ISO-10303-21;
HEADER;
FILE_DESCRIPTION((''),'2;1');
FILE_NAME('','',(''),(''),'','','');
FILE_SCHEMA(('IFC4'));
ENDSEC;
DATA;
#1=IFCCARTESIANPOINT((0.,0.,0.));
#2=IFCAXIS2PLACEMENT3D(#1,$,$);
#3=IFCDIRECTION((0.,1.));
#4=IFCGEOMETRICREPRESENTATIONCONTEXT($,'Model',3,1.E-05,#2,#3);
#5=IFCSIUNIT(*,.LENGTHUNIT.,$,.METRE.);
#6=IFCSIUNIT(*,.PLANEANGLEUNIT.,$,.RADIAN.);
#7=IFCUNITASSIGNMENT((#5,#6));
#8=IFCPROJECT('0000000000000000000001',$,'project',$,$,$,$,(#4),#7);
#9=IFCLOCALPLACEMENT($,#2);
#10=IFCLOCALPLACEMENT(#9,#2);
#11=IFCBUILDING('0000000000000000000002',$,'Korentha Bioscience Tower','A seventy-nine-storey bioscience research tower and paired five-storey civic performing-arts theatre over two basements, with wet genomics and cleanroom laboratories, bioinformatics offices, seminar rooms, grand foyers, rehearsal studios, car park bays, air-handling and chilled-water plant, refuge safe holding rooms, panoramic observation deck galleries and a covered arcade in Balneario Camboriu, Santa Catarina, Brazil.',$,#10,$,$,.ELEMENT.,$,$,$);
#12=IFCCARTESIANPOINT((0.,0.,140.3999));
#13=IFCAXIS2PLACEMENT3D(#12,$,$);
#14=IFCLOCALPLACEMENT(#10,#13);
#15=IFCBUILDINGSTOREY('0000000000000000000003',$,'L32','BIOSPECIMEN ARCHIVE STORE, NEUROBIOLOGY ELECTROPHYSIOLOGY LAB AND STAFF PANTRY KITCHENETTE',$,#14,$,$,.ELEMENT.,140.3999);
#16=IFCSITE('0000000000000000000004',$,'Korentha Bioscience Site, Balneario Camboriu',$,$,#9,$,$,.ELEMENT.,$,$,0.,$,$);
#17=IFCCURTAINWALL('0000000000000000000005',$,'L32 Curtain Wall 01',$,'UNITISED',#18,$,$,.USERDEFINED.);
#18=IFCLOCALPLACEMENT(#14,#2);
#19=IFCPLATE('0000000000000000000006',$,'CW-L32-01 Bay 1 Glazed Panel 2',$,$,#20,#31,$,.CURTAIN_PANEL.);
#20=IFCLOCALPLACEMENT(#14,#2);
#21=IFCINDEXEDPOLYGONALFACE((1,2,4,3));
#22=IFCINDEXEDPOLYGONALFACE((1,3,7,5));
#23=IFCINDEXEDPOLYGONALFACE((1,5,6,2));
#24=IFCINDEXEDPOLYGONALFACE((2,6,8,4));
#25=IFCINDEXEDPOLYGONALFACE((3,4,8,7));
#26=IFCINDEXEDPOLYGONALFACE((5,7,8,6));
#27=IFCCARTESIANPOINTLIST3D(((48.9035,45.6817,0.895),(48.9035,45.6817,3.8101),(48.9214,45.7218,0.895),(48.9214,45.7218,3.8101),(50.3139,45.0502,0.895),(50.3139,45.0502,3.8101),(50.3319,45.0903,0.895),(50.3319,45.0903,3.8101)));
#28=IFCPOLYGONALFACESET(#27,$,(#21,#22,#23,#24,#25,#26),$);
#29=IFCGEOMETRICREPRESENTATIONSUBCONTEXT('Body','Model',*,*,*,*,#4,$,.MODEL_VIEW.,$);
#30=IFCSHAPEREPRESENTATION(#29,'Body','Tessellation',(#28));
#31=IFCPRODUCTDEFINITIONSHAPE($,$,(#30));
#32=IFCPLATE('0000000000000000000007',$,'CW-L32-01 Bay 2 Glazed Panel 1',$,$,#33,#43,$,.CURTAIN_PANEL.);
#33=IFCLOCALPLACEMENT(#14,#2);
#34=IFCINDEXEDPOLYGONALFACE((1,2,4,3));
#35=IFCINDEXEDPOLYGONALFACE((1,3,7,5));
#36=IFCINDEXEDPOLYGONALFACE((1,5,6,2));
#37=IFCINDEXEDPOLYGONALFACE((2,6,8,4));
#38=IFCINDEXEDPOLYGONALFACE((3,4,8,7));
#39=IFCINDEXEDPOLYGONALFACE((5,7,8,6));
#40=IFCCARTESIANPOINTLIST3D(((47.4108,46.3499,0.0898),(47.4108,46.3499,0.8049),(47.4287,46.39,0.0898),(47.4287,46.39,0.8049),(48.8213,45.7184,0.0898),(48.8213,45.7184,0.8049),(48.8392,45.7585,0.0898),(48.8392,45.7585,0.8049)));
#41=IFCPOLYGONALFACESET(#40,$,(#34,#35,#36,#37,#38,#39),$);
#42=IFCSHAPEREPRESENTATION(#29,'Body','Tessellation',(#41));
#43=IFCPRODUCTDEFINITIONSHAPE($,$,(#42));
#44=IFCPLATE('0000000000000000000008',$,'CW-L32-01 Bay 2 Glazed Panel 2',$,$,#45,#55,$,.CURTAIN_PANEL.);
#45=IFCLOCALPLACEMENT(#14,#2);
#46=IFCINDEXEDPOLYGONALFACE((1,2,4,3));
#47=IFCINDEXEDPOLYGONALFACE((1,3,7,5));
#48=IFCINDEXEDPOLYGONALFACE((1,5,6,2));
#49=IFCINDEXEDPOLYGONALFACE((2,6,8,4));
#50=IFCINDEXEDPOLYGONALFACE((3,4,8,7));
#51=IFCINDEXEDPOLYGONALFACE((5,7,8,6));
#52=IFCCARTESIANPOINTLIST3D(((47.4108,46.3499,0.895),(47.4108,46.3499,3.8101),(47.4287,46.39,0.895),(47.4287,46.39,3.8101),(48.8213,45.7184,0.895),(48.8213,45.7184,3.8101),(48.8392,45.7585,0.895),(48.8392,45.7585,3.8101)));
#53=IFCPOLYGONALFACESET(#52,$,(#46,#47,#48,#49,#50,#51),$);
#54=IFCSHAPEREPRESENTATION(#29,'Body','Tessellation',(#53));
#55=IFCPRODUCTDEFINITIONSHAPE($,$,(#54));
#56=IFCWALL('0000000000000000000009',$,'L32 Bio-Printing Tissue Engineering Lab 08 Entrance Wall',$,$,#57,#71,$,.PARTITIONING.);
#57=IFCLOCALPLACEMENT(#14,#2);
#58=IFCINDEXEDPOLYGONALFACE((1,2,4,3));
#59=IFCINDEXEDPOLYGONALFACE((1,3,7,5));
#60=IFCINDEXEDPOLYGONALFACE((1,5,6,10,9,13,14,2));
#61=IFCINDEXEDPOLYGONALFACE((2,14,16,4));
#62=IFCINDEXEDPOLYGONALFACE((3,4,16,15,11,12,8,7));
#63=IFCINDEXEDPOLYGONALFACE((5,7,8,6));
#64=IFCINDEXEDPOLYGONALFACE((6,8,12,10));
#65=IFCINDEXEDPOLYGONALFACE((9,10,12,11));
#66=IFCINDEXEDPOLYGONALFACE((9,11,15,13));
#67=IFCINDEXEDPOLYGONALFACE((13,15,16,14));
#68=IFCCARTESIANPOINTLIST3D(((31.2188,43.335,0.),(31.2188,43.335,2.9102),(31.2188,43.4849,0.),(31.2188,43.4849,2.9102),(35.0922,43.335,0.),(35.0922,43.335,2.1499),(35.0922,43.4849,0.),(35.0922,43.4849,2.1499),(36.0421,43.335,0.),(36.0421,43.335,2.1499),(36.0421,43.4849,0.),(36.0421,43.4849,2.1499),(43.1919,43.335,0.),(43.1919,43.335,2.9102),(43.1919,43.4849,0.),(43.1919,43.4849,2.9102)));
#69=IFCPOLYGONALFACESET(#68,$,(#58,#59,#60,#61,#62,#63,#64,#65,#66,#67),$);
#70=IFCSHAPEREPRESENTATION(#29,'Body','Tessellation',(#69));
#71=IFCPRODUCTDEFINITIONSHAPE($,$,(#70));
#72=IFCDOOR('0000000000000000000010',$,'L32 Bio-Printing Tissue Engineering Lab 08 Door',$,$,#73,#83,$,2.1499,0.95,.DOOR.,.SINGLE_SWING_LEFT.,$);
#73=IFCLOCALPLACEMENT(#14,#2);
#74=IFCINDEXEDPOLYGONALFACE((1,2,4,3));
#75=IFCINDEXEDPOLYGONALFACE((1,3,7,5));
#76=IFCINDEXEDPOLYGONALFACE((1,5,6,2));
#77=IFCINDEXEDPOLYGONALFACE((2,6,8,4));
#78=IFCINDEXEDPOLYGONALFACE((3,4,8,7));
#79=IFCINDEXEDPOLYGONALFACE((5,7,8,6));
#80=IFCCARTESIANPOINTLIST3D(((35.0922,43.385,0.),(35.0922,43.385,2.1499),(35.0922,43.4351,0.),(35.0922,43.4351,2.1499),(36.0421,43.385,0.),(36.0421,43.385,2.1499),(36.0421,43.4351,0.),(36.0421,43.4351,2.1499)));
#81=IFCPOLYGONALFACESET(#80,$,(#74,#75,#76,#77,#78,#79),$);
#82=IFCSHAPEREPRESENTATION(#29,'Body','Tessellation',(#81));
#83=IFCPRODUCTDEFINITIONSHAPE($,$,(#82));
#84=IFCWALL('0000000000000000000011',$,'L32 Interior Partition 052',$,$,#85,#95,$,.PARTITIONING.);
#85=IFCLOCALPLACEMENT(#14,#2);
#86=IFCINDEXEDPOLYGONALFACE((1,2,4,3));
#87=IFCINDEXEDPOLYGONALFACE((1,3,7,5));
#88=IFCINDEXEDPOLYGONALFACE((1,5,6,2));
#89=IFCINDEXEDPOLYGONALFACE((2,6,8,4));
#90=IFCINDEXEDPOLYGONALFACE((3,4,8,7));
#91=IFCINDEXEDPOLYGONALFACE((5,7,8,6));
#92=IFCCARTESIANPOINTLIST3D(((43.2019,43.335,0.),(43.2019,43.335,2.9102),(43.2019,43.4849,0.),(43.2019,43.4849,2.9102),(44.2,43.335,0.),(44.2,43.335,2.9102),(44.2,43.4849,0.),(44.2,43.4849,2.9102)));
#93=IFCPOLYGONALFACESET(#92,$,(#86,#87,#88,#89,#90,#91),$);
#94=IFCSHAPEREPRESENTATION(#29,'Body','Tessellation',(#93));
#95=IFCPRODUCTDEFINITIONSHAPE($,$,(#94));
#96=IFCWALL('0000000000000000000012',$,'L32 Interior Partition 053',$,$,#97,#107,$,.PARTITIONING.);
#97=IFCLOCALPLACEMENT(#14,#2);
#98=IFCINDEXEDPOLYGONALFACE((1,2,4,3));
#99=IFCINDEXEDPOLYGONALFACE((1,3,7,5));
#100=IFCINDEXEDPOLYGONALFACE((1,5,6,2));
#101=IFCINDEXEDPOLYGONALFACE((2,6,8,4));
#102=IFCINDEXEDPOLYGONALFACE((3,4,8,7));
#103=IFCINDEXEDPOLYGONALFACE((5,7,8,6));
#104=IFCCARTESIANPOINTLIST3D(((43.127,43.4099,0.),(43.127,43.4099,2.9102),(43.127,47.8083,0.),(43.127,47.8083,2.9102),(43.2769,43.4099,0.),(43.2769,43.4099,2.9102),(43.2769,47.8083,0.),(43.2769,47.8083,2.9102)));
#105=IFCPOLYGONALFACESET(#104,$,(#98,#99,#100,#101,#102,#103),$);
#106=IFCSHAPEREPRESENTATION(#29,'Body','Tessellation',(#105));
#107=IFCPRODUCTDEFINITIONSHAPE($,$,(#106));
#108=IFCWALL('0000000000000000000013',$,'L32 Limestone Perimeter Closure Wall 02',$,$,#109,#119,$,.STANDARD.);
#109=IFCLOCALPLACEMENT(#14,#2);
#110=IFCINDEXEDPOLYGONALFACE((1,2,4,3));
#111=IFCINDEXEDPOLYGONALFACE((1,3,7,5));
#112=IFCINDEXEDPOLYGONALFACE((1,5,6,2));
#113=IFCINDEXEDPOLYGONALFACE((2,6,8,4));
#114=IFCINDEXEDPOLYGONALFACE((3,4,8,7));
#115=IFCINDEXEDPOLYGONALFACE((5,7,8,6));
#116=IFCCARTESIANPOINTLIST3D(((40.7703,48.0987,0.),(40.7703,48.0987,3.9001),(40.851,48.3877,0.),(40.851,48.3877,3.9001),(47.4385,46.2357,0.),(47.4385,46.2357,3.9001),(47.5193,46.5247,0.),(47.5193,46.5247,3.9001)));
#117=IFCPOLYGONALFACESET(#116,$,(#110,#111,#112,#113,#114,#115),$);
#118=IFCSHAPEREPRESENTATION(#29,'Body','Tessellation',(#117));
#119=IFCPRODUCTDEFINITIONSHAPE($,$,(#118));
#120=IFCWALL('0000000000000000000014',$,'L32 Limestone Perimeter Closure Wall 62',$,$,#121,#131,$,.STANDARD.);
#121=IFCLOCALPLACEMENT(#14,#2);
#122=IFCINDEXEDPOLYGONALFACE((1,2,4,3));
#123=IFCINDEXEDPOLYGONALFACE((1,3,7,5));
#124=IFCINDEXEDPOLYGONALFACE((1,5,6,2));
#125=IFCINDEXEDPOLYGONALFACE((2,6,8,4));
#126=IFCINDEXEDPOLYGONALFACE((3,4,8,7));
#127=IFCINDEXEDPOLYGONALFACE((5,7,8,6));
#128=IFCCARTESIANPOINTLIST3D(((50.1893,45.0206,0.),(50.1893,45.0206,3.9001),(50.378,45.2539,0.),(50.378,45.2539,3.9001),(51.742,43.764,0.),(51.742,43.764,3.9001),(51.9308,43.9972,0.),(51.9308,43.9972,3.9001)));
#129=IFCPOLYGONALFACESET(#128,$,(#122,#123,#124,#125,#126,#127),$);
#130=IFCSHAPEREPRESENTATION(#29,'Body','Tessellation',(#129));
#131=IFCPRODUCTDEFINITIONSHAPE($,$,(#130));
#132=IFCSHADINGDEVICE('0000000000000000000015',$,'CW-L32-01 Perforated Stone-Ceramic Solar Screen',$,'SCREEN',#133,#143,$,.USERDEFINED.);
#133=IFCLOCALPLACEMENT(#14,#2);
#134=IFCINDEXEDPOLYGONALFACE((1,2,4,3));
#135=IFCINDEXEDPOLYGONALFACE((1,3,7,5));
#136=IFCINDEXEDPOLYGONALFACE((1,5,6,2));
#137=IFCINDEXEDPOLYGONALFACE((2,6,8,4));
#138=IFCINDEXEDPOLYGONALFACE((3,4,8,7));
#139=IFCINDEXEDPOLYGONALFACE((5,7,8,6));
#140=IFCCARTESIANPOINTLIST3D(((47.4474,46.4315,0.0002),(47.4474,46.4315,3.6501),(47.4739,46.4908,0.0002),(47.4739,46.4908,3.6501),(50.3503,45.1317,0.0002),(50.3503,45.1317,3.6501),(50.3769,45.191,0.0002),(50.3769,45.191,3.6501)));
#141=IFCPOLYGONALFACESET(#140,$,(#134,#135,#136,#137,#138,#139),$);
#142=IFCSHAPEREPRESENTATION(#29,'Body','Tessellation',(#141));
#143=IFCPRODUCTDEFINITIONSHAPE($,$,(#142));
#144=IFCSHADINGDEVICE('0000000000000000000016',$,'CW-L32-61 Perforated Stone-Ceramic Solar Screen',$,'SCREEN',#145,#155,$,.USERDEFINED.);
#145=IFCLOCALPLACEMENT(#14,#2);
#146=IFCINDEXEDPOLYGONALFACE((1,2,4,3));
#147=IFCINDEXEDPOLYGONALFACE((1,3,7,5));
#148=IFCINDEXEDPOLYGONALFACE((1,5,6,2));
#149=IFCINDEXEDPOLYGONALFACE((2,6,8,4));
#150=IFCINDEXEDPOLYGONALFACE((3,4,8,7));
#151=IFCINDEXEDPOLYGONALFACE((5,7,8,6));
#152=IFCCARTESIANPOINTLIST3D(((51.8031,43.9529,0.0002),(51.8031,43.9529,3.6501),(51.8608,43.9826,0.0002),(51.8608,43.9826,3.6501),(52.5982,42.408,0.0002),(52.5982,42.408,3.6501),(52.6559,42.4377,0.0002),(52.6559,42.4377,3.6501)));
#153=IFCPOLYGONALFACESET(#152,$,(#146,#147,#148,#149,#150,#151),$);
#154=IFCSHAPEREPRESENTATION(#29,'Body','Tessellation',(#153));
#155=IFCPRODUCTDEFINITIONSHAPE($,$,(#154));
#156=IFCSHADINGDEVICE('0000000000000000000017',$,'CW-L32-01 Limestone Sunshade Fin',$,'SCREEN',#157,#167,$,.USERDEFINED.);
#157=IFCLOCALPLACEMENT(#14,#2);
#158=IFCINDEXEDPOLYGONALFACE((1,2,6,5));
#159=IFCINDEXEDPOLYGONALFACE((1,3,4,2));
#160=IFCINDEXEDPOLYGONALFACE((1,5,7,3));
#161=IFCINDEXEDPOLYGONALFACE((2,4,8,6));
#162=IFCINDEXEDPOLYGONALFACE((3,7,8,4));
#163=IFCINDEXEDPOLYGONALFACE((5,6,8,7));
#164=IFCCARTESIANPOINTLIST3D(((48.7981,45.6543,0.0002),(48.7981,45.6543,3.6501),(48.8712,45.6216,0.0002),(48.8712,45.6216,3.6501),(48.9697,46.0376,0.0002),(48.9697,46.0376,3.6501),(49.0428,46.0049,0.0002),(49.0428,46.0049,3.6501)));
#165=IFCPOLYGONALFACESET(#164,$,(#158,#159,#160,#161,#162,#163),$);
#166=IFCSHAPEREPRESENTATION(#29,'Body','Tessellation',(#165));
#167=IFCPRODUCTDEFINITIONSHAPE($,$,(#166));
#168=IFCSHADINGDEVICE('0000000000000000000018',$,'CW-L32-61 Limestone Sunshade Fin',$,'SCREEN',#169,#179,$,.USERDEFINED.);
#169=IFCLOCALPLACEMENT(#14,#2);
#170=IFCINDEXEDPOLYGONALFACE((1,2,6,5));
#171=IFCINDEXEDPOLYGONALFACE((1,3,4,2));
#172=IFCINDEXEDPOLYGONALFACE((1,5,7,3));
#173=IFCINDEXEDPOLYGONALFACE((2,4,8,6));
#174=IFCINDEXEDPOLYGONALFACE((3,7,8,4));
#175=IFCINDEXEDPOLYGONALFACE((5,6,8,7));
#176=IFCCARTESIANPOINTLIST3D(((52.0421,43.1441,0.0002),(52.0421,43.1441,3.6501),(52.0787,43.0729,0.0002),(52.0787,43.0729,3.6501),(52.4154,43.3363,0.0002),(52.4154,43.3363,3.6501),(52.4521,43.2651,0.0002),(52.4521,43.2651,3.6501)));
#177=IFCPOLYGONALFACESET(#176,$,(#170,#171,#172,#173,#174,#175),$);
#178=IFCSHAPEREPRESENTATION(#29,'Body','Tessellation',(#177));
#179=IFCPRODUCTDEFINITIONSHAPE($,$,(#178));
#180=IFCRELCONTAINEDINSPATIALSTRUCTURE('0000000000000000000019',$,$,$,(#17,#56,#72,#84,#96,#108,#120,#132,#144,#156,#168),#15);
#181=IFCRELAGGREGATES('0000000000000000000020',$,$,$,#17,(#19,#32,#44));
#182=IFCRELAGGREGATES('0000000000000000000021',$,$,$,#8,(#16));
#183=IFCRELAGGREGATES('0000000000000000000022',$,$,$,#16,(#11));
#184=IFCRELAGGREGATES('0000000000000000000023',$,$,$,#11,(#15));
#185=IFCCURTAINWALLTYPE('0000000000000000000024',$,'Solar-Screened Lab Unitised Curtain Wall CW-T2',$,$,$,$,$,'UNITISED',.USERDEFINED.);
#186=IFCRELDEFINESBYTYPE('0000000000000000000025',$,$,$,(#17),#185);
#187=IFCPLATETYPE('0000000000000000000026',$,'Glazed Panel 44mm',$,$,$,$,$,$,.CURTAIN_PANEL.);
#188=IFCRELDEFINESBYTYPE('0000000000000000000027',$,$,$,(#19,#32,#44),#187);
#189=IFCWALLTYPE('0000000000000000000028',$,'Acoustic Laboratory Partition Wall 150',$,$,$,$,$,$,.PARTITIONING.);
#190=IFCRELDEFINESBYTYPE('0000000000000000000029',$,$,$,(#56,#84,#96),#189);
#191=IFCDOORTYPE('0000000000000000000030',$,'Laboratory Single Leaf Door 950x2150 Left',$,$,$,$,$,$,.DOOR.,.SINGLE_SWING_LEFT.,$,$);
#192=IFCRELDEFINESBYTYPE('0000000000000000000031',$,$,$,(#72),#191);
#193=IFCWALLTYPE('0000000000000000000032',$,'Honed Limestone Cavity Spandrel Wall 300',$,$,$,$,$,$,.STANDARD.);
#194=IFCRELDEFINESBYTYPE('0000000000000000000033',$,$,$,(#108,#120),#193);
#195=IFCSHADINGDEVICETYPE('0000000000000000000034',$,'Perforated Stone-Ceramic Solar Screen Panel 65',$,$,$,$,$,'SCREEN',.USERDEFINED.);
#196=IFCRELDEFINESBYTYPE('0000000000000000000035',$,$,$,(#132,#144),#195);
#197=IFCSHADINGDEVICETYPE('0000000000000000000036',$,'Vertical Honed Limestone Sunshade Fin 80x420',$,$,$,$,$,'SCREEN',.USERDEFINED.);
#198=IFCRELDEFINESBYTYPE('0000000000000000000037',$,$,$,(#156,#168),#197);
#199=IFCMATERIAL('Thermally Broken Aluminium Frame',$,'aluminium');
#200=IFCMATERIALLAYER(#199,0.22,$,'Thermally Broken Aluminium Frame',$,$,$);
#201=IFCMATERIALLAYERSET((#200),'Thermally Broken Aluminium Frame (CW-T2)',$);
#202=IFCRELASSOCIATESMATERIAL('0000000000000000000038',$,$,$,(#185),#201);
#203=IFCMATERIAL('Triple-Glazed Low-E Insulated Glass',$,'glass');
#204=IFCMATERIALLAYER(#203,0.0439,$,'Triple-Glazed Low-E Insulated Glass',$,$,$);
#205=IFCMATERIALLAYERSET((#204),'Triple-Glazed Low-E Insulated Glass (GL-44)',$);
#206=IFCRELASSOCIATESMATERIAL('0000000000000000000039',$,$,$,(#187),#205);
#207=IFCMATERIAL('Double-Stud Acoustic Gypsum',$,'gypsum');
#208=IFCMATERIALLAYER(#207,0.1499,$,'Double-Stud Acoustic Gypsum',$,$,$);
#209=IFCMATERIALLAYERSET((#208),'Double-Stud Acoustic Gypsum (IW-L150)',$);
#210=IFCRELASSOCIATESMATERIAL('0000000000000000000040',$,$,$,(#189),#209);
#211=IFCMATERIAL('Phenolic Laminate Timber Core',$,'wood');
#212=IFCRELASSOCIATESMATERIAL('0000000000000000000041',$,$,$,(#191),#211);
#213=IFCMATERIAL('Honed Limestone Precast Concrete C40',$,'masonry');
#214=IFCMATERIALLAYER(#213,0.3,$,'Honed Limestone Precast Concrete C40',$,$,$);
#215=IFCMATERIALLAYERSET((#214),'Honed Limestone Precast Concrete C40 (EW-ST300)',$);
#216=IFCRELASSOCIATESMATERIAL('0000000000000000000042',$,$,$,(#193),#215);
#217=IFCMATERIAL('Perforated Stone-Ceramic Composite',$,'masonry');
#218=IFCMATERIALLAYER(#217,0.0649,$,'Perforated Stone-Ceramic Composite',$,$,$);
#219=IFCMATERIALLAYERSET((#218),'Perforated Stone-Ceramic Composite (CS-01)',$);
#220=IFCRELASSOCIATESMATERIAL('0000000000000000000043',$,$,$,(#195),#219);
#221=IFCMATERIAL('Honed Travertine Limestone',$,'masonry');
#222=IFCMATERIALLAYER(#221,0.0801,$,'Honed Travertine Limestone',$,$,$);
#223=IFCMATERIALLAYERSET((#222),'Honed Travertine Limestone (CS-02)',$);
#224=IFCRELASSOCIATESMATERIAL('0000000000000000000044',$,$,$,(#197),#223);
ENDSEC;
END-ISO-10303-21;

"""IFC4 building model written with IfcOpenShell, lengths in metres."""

from ifc_helpers import new_model, si_unit, direction, frame, frame_2d, origin, origin_2d, place, context, subcontext, project, spatial, rectangle, extrude, material, layer, layer_set, type_object, element, fill, aggregate, save


model = new_model("IFC4")

# Units and contexts
model_context = context("Model", 3, precision=1e-05, world=origin(), true_north=direction((0.0, 1.0)))
body_context = subcontext(model_context, "Body", "Model", "MODEL_VIEW")
ifc_project = project(units=[si_unit("LENGTHUNIT", "METRE"), si_unit("PLANEANGLEUNIT", "RADIAN")], contexts=[model_context])

# Site, building, storey
site_placement = place(None, origin())
site = spatial("IfcSite", under=ifc_project, at=site_placement, Name="Korentha Bioscience Site, Balneario Camboriu", CompositionType="ELEMENT", RefElevation=0.0)
building_placement = place(site_placement, origin())
building = spatial("IfcBuilding", under=site, at=building_placement, Name="Korentha Bioscience Tower", Description="A seventy-nine-storey bioscience research tower and paired five-storey civic performing-arts theatre over two basements, with wet genomics and cleanroom laboratories, bioinformatics offices, seminar rooms, grand foyers, rehearsal studios, car park bays, air-handling and chilled-water plant, refuge safe holding rooms, panoramic observation deck galleries and a covered arcade in Balneario Camboriu, Santa Catarina, Brazil.", CompositionType="ELEMENT")
storey_placement = place(building_placement, frame((0.0, 0.0, 140.3999)))
storey = spatial("IfcBuildingStorey", under=building, at=storey_placement, Name="L32", Description="BIOSPECIMEN ARCHIVE STORE, NEUROBIOLOGY ELECTROPHYSIOLOGY LAB AND STAFF PANTRY KITCHENETTE", CompositionType="ELEMENT", Elevation=140.3999)

# Curtain wall
ifc_material_1 = material(Name="Thermally Broken Aluminium Frame", Category="aluminium")
ifc_layer_1 = layer(ifc_material_1, 0.22, Name="Thermally Broken Aluminium Frame")
ifc_layer_set_1 = layer_set([ifc_layer_1], Name="Thermally Broken Aluminium Frame (CW-T2)")
curtain_wall_type = type_object("IfcCurtainWallType", Name="Solar-Screened Lab Unitised Curtain Wall CW-T2", ElementType="UNITISED", PredefinedType="USERDEFINED", material=ifc_layer_set_1)
curtain_wall_1_placement = place(storey_placement, origin())
curtain_wall_1 = element("IfcCurtainWall", 1, at=curtain_wall_1_placement, inside=storey, type_object=curtain_wall_type, Name="L32 Curtain Wall 01", ObjectType="UNITISED", PredefinedType="USERDEFINED")

# Plates
ifc_material_2 = material(Name="Triple-Glazed Low-E Insulated Glass", Category="glass")
ifc_layer_2 = layer(ifc_material_2, 0.0439, Name="Triple-Glazed Low-E Insulated Glass")
ifc_layer_set_2 = layer_set([ifc_layer_2], Name="Triple-Glazed Low-E Insulated Glass (GL-44)")
plate_type = type_object("IfcPlateType", Name="Glazed Panel 44mm", PredefinedType="CURTAIN_PANEL", material=ifc_layer_set_2)
plate_1_placement = place(storey_placement, frame((49.6177, 45.386, 0.895), z_axis=(0.0, 0.0, 1.0), x_axis=(-0.912687, 0.40866, 0.0)))
plate_1 = element("IfcPlate", 2, at=plate_1_placement, type_object=plate_type, Name="CW-L32-01 Bay 1 Glazed Panel 2", PredefinedType="CURTAIN_PANEL", context=body_context, shape_type="SweptSolid", body=[
    extrude(rectangle(XDim=1.5454, YDim=0.0439, at=origin_2d()), origin(), (0.0, 0.0, 1.0), 2.915),
])
plate_2_placement = place(storey_placement, frame((48.125, 46.0542, 0.0898), z_axis=(0.0, 0.0, 1.0), x_axis=(-0.912687, 0.40866, 0.0)))
plate_2 = element("IfcPlate", 3, at=plate_2_placement, type_object=plate_type, Name="CW-L32-01 Bay 2 Glazed Panel 1", PredefinedType="CURTAIN_PANEL", context=body_context, shape_type="SweptSolid", body=[
    extrude(rectangle(XDim=1.5454, YDim=0.0439, at=origin_2d()), origin(), (0.0, 0.0, 1.0), 0.7151),
])
plate_3_placement = place(storey_placement, frame((48.125, 46.0542, 0.895), z_axis=(0.0, 0.0, 1.0), x_axis=(-0.912687, 0.40866, 0.0)))
plate_3 = element("IfcPlate", 4, at=plate_3_placement, type_object=plate_type, Name="CW-L32-01 Bay 2 Glazed Panel 2", PredefinedType="CURTAIN_PANEL", context=body_context, shape_type="SweptSolid", body=[
    extrude(rectangle(XDim=1.5454, YDim=0.0439, at=origin_2d()), origin(), (0.0, 0.0, 1.0), 2.915),
])
aggregate(curtain_wall_1, [plate_1, plate_2, plate_3])

# Wall, opening, door
ifc_material_3 = material(Name="Double-Stud Acoustic Gypsum", Category="gypsum")
ifc_layer_3 = layer(ifc_material_3, 0.1499, Name="Double-Stud Acoustic Gypsum")
ifc_layer_set_3 = layer_set([ifc_layer_3], Name="Double-Stud Acoustic Gypsum (IW-L150)")
wall_type_1 = type_object("IfcWallType", Name="Acoustic Laboratory Partition Wall 150", PredefinedType="PARTITIONING", material=ifc_layer_set_3)
wall_1_placement = place(storey_placement, frame((43.1919, 43.4099, 0.0), z_axis=(0.0, 0.0, 1.0), x_axis=(-1.0, 0.0, 0.0)))
wall_1 = element("IfcWall", 5, at=wall_1_placement, inside=storey, type_object=wall_type_1, Name="L32 Bio-Printing Tissue Engineering Lab 08 Entrance Wall", PredefinedType="PARTITIONING", context=body_context, shape_type="SweptSolid", body=[
    extrude(rectangle(XDim=11.9731, YDim=0.1499, at=frame_2d((5.9866, 0.0))), origin(), (0.0, 0.0, 1.0), 2.9102),
])
opening_placement = place(wall_1_placement, frame((7.1497, 0.0, 0.0)))
opening = element("IfcOpeningElement", 6, at=opening_placement, cuts=wall_1, PredefinedType="OPENING", context=body_context, shape_type="SweptSolid", body=[
    extrude(rectangle(XDim=0.95, YDim=2.1499, at=frame_2d((0.4751, 1.075))), frame((0.0, 0.0898, 0.0), z_axis=(0.0, -1.0, 0.0), x_axis=(1.0, 0.0, 0.0)), (0.0, 0.0, 1.0), 0.1797),
])
ifc_material_4 = material(Name="Phenolic Laminate Timber Core", Category="wood")
door_type = type_object("IfcDoorType", Name="Laboratory Single Leaf Door 950x2150 Left", OperationType="SINGLE_SWING_LEFT", PredefinedType="DOOR", material=ifc_material_4)
door_placement = place(opening_placement, origin())
door = element("IfcDoor", 7, at=door_placement, inside=storey, type_object=door_type, Name="L32 Bio-Printing Tissue Engineering Lab 08 Door", OperationType="SINGLE_SWING_LEFT", OverallHeight=2.1499, OverallWidth=0.95, PredefinedType="DOOR", context=body_context, shape_type="SweptSolid", body=[
    extrude(rectangle(XDim=0.95, YDim=2.1499, at=frame_2d((0.4751, 1.075))), frame((0.0, 0.0249, 0.0), z_axis=(0.0, -1.0, 0.0), x_axis=(1.0, 0.0, 0.0)), (0.0, 0.0, 1.0), 0.05),
])
fill(opening, door)

# Walls
wall_2_placement = place(storey_placement, frame((44.2, 43.4099, 0.0), z_axis=(0.0, 0.0, 1.0), x_axis=(-1.0, 0.0, 0.0)))
element("IfcWall", 8, at=wall_2_placement, inside=storey, type_object=wall_type_1, Name="L32 Interior Partition 052", PredefinedType="PARTITIONING", context=body_context, shape_type="SweptSolid", body=[
    extrude(rectangle(XDim=0.998, YDim=0.1499, at=frame_2d((0.499, 0.0))), origin(), (0.0, 0.0, 1.0), 2.9102),
])
wall_3_placement = place(storey_placement, frame((43.2019, 43.4099, 0.0), z_axis=(0.0, 0.0, 1.0), x_axis=(0.0, 1.0, 0.0)))
element("IfcWall", 9, at=wall_3_placement, inside=storey, type_object=wall_type_1, Name="L32 Interior Partition 053", PredefinedType="PARTITIONING", context=body_context, shape_type="SweptSolid", body=[
    extrude(rectangle(XDim=4.3984, YDim=0.1499, at=frame_2d((2.1992, 0.0))), origin(), (0.0, 0.0, 1.0), 2.9102),
])
ifc_material_5 = material(Name="Honed Limestone Precast Concrete C40", Category="masonry")
ifc_layer_4 = layer(ifc_material_5, 0.3, Name="Honed Limestone Precast Concrete C40")
ifc_layer_set_4 = layer_set([ifc_layer_4], Name="Honed Limestone Precast Concrete C40 (EW-ST300)")
wall_type_2 = type_object("IfcWallType", Name="Honed Limestone Cavity Spandrel Wall 300", PredefinedType="STANDARD", material=ifc_layer_set_4)
wall_4_placement = place(storey_placement, frame((47.479, 46.3801, 0.0), z_axis=(0.0, 0.0, 1.0), x_axis=(-0.963116, 0.269086, 0.0)))
element("IfcWall", 10, at=wall_4_placement, inside=storey, type_object=wall_type_2, Name="L32 Limestone Perimeter Closure Wall 02", PredefinedType="STANDARD", context=body_context, shape_type="SweptSolid", body=[
    extrude(rectangle(XDim=6.9236, YDim=0.3, at=frame_2d((3.4619, 0.0))), origin(), (0.0, 0.0, 1.0), 3.9001),
])
wall_5_placement = place(storey_placement, frame((51.8364, 43.8806, 0.0), z_axis=(0.0, 0.0, 1.0), x_axis=(-0.777339, 0.629082, 0.0)))
element("IfcWall", 11, at=wall_5_placement, inside=storey, type_object=wall_type_2, Name="L32 Limestone Perimeter Closure Wall 62", PredefinedType="STANDARD", context=body_context, shape_type="SweptSolid", body=[
    extrude(rectangle(XDim=1.9976, YDim=0.3, at=frame_2d((0.9988, 0.0))), origin(), (0.0, 0.0, 1.0), 3.9001),
])

# Shading devices
ifc_material_6 = material(Name="Perforated Stone-Ceramic Composite", Category="masonry")
ifc_layer_5 = layer(ifc_material_6, 0.0649, Name="Perforated Stone-Ceramic Composite")
ifc_layer_set_5 = layer_set([ifc_layer_5], Name="Perforated Stone-Ceramic Composite (CS-01)")
shading_device_type_1 = type_object("IfcShadingDeviceType", Name="Perforated Stone-Ceramic Solar Screen Panel 65", ElementType="SCREEN", PredefinedType="USERDEFINED", material=ifc_layer_set_5)
shading_device_1_placement = place(storey_placement, frame((48.9121, 45.8113, 0.0002), z_axis=(0.0, 0.0, 1.0), x_axis=(-0.912687, 0.40866, 0.0)))
element("IfcShadingDevice", 12, at=shading_device_1_placement, inside=storey, type_object=shading_device_type_1, Name="CW-L32-01 Perforated Stone-Ceramic Solar Screen", ObjectType="SCREEN", PredefinedType="USERDEFINED", context=body_context, shape_type="SweptSolid", body=[
    extrude(rectangle(XDim=3.1807, YDim=0.0649, at=origin_2d()), origin(), (0.0, 0.0, 1.0), 3.6499),
])
shading_device_2_placement = place(storey_placement, frame((52.2295, 43.1953, 0.0002), z_axis=(0.0, 0.0, 1.0), x_axis=(-0.457613, 0.889151, 0.0)))
element("IfcShadingDevice", 13, at=shading_device_2_placement, inside=storey, type_object=shading_device_type_1, Name="CW-L32-61 Perforated Stone-Ceramic Solar Screen", ObjectType="SCREEN", PredefinedType="USERDEFINED", context=body_context, shape_type="SweptSolid", body=[
    extrude(rectangle(XDim=1.7375, YDim=0.0649, at=origin_2d()), origin(), (0.0, 0.0, 1.0), 3.6499),
])
ifc_material_7 = material(Name="Honed Travertine Limestone", Category="masonry")
ifc_layer_6 = layer(ifc_material_7, 0.0801, Name="Honed Travertine Limestone")
ifc_layer_set_6 = layer_set([ifc_layer_6], Name="Honed Travertine Limestone (CS-02)")
shading_device_type_2 = type_object("IfcShadingDeviceType", Name="Vertical Honed Limestone Sunshade Fin 80x420", ElementType="SCREEN", PredefinedType="USERDEFINED", material=ifc_layer_set_6)
for number, where, z_axis, x_axis, name in (
    (14, (48.9204, 45.8296, 0.0002), (0.0, 0.0, 1.0), (-0.912687, 0.40866, 0.0), "CW-L32-01 Limestone Sunshade Fin"),
    (15, (52.2471, 43.2046, 0.0002), (0.0, 0.0, 1.0), (-0.457613, 0.889151, 0.0), "CW-L32-61 Limestone Sunshade Fin"),
):
    element("IfcShadingDevice", number, at=place(storey_placement, frame(where, z_axis=z_axis, x_axis=x_axis)), inside=storey, type_object=shading_device_type_2, Name=name, ObjectType="SCREEN", PredefinedType="USERDEFINED", context=body_context, shape_type="SweptSolid", body=[
        extrude(rectangle(XDim=0.0801, YDim=0.4199, at=origin_2d()), origin(), (0.0, 0.0, 1.0), 3.6499),
    ])

save(model, "model.ifc")
